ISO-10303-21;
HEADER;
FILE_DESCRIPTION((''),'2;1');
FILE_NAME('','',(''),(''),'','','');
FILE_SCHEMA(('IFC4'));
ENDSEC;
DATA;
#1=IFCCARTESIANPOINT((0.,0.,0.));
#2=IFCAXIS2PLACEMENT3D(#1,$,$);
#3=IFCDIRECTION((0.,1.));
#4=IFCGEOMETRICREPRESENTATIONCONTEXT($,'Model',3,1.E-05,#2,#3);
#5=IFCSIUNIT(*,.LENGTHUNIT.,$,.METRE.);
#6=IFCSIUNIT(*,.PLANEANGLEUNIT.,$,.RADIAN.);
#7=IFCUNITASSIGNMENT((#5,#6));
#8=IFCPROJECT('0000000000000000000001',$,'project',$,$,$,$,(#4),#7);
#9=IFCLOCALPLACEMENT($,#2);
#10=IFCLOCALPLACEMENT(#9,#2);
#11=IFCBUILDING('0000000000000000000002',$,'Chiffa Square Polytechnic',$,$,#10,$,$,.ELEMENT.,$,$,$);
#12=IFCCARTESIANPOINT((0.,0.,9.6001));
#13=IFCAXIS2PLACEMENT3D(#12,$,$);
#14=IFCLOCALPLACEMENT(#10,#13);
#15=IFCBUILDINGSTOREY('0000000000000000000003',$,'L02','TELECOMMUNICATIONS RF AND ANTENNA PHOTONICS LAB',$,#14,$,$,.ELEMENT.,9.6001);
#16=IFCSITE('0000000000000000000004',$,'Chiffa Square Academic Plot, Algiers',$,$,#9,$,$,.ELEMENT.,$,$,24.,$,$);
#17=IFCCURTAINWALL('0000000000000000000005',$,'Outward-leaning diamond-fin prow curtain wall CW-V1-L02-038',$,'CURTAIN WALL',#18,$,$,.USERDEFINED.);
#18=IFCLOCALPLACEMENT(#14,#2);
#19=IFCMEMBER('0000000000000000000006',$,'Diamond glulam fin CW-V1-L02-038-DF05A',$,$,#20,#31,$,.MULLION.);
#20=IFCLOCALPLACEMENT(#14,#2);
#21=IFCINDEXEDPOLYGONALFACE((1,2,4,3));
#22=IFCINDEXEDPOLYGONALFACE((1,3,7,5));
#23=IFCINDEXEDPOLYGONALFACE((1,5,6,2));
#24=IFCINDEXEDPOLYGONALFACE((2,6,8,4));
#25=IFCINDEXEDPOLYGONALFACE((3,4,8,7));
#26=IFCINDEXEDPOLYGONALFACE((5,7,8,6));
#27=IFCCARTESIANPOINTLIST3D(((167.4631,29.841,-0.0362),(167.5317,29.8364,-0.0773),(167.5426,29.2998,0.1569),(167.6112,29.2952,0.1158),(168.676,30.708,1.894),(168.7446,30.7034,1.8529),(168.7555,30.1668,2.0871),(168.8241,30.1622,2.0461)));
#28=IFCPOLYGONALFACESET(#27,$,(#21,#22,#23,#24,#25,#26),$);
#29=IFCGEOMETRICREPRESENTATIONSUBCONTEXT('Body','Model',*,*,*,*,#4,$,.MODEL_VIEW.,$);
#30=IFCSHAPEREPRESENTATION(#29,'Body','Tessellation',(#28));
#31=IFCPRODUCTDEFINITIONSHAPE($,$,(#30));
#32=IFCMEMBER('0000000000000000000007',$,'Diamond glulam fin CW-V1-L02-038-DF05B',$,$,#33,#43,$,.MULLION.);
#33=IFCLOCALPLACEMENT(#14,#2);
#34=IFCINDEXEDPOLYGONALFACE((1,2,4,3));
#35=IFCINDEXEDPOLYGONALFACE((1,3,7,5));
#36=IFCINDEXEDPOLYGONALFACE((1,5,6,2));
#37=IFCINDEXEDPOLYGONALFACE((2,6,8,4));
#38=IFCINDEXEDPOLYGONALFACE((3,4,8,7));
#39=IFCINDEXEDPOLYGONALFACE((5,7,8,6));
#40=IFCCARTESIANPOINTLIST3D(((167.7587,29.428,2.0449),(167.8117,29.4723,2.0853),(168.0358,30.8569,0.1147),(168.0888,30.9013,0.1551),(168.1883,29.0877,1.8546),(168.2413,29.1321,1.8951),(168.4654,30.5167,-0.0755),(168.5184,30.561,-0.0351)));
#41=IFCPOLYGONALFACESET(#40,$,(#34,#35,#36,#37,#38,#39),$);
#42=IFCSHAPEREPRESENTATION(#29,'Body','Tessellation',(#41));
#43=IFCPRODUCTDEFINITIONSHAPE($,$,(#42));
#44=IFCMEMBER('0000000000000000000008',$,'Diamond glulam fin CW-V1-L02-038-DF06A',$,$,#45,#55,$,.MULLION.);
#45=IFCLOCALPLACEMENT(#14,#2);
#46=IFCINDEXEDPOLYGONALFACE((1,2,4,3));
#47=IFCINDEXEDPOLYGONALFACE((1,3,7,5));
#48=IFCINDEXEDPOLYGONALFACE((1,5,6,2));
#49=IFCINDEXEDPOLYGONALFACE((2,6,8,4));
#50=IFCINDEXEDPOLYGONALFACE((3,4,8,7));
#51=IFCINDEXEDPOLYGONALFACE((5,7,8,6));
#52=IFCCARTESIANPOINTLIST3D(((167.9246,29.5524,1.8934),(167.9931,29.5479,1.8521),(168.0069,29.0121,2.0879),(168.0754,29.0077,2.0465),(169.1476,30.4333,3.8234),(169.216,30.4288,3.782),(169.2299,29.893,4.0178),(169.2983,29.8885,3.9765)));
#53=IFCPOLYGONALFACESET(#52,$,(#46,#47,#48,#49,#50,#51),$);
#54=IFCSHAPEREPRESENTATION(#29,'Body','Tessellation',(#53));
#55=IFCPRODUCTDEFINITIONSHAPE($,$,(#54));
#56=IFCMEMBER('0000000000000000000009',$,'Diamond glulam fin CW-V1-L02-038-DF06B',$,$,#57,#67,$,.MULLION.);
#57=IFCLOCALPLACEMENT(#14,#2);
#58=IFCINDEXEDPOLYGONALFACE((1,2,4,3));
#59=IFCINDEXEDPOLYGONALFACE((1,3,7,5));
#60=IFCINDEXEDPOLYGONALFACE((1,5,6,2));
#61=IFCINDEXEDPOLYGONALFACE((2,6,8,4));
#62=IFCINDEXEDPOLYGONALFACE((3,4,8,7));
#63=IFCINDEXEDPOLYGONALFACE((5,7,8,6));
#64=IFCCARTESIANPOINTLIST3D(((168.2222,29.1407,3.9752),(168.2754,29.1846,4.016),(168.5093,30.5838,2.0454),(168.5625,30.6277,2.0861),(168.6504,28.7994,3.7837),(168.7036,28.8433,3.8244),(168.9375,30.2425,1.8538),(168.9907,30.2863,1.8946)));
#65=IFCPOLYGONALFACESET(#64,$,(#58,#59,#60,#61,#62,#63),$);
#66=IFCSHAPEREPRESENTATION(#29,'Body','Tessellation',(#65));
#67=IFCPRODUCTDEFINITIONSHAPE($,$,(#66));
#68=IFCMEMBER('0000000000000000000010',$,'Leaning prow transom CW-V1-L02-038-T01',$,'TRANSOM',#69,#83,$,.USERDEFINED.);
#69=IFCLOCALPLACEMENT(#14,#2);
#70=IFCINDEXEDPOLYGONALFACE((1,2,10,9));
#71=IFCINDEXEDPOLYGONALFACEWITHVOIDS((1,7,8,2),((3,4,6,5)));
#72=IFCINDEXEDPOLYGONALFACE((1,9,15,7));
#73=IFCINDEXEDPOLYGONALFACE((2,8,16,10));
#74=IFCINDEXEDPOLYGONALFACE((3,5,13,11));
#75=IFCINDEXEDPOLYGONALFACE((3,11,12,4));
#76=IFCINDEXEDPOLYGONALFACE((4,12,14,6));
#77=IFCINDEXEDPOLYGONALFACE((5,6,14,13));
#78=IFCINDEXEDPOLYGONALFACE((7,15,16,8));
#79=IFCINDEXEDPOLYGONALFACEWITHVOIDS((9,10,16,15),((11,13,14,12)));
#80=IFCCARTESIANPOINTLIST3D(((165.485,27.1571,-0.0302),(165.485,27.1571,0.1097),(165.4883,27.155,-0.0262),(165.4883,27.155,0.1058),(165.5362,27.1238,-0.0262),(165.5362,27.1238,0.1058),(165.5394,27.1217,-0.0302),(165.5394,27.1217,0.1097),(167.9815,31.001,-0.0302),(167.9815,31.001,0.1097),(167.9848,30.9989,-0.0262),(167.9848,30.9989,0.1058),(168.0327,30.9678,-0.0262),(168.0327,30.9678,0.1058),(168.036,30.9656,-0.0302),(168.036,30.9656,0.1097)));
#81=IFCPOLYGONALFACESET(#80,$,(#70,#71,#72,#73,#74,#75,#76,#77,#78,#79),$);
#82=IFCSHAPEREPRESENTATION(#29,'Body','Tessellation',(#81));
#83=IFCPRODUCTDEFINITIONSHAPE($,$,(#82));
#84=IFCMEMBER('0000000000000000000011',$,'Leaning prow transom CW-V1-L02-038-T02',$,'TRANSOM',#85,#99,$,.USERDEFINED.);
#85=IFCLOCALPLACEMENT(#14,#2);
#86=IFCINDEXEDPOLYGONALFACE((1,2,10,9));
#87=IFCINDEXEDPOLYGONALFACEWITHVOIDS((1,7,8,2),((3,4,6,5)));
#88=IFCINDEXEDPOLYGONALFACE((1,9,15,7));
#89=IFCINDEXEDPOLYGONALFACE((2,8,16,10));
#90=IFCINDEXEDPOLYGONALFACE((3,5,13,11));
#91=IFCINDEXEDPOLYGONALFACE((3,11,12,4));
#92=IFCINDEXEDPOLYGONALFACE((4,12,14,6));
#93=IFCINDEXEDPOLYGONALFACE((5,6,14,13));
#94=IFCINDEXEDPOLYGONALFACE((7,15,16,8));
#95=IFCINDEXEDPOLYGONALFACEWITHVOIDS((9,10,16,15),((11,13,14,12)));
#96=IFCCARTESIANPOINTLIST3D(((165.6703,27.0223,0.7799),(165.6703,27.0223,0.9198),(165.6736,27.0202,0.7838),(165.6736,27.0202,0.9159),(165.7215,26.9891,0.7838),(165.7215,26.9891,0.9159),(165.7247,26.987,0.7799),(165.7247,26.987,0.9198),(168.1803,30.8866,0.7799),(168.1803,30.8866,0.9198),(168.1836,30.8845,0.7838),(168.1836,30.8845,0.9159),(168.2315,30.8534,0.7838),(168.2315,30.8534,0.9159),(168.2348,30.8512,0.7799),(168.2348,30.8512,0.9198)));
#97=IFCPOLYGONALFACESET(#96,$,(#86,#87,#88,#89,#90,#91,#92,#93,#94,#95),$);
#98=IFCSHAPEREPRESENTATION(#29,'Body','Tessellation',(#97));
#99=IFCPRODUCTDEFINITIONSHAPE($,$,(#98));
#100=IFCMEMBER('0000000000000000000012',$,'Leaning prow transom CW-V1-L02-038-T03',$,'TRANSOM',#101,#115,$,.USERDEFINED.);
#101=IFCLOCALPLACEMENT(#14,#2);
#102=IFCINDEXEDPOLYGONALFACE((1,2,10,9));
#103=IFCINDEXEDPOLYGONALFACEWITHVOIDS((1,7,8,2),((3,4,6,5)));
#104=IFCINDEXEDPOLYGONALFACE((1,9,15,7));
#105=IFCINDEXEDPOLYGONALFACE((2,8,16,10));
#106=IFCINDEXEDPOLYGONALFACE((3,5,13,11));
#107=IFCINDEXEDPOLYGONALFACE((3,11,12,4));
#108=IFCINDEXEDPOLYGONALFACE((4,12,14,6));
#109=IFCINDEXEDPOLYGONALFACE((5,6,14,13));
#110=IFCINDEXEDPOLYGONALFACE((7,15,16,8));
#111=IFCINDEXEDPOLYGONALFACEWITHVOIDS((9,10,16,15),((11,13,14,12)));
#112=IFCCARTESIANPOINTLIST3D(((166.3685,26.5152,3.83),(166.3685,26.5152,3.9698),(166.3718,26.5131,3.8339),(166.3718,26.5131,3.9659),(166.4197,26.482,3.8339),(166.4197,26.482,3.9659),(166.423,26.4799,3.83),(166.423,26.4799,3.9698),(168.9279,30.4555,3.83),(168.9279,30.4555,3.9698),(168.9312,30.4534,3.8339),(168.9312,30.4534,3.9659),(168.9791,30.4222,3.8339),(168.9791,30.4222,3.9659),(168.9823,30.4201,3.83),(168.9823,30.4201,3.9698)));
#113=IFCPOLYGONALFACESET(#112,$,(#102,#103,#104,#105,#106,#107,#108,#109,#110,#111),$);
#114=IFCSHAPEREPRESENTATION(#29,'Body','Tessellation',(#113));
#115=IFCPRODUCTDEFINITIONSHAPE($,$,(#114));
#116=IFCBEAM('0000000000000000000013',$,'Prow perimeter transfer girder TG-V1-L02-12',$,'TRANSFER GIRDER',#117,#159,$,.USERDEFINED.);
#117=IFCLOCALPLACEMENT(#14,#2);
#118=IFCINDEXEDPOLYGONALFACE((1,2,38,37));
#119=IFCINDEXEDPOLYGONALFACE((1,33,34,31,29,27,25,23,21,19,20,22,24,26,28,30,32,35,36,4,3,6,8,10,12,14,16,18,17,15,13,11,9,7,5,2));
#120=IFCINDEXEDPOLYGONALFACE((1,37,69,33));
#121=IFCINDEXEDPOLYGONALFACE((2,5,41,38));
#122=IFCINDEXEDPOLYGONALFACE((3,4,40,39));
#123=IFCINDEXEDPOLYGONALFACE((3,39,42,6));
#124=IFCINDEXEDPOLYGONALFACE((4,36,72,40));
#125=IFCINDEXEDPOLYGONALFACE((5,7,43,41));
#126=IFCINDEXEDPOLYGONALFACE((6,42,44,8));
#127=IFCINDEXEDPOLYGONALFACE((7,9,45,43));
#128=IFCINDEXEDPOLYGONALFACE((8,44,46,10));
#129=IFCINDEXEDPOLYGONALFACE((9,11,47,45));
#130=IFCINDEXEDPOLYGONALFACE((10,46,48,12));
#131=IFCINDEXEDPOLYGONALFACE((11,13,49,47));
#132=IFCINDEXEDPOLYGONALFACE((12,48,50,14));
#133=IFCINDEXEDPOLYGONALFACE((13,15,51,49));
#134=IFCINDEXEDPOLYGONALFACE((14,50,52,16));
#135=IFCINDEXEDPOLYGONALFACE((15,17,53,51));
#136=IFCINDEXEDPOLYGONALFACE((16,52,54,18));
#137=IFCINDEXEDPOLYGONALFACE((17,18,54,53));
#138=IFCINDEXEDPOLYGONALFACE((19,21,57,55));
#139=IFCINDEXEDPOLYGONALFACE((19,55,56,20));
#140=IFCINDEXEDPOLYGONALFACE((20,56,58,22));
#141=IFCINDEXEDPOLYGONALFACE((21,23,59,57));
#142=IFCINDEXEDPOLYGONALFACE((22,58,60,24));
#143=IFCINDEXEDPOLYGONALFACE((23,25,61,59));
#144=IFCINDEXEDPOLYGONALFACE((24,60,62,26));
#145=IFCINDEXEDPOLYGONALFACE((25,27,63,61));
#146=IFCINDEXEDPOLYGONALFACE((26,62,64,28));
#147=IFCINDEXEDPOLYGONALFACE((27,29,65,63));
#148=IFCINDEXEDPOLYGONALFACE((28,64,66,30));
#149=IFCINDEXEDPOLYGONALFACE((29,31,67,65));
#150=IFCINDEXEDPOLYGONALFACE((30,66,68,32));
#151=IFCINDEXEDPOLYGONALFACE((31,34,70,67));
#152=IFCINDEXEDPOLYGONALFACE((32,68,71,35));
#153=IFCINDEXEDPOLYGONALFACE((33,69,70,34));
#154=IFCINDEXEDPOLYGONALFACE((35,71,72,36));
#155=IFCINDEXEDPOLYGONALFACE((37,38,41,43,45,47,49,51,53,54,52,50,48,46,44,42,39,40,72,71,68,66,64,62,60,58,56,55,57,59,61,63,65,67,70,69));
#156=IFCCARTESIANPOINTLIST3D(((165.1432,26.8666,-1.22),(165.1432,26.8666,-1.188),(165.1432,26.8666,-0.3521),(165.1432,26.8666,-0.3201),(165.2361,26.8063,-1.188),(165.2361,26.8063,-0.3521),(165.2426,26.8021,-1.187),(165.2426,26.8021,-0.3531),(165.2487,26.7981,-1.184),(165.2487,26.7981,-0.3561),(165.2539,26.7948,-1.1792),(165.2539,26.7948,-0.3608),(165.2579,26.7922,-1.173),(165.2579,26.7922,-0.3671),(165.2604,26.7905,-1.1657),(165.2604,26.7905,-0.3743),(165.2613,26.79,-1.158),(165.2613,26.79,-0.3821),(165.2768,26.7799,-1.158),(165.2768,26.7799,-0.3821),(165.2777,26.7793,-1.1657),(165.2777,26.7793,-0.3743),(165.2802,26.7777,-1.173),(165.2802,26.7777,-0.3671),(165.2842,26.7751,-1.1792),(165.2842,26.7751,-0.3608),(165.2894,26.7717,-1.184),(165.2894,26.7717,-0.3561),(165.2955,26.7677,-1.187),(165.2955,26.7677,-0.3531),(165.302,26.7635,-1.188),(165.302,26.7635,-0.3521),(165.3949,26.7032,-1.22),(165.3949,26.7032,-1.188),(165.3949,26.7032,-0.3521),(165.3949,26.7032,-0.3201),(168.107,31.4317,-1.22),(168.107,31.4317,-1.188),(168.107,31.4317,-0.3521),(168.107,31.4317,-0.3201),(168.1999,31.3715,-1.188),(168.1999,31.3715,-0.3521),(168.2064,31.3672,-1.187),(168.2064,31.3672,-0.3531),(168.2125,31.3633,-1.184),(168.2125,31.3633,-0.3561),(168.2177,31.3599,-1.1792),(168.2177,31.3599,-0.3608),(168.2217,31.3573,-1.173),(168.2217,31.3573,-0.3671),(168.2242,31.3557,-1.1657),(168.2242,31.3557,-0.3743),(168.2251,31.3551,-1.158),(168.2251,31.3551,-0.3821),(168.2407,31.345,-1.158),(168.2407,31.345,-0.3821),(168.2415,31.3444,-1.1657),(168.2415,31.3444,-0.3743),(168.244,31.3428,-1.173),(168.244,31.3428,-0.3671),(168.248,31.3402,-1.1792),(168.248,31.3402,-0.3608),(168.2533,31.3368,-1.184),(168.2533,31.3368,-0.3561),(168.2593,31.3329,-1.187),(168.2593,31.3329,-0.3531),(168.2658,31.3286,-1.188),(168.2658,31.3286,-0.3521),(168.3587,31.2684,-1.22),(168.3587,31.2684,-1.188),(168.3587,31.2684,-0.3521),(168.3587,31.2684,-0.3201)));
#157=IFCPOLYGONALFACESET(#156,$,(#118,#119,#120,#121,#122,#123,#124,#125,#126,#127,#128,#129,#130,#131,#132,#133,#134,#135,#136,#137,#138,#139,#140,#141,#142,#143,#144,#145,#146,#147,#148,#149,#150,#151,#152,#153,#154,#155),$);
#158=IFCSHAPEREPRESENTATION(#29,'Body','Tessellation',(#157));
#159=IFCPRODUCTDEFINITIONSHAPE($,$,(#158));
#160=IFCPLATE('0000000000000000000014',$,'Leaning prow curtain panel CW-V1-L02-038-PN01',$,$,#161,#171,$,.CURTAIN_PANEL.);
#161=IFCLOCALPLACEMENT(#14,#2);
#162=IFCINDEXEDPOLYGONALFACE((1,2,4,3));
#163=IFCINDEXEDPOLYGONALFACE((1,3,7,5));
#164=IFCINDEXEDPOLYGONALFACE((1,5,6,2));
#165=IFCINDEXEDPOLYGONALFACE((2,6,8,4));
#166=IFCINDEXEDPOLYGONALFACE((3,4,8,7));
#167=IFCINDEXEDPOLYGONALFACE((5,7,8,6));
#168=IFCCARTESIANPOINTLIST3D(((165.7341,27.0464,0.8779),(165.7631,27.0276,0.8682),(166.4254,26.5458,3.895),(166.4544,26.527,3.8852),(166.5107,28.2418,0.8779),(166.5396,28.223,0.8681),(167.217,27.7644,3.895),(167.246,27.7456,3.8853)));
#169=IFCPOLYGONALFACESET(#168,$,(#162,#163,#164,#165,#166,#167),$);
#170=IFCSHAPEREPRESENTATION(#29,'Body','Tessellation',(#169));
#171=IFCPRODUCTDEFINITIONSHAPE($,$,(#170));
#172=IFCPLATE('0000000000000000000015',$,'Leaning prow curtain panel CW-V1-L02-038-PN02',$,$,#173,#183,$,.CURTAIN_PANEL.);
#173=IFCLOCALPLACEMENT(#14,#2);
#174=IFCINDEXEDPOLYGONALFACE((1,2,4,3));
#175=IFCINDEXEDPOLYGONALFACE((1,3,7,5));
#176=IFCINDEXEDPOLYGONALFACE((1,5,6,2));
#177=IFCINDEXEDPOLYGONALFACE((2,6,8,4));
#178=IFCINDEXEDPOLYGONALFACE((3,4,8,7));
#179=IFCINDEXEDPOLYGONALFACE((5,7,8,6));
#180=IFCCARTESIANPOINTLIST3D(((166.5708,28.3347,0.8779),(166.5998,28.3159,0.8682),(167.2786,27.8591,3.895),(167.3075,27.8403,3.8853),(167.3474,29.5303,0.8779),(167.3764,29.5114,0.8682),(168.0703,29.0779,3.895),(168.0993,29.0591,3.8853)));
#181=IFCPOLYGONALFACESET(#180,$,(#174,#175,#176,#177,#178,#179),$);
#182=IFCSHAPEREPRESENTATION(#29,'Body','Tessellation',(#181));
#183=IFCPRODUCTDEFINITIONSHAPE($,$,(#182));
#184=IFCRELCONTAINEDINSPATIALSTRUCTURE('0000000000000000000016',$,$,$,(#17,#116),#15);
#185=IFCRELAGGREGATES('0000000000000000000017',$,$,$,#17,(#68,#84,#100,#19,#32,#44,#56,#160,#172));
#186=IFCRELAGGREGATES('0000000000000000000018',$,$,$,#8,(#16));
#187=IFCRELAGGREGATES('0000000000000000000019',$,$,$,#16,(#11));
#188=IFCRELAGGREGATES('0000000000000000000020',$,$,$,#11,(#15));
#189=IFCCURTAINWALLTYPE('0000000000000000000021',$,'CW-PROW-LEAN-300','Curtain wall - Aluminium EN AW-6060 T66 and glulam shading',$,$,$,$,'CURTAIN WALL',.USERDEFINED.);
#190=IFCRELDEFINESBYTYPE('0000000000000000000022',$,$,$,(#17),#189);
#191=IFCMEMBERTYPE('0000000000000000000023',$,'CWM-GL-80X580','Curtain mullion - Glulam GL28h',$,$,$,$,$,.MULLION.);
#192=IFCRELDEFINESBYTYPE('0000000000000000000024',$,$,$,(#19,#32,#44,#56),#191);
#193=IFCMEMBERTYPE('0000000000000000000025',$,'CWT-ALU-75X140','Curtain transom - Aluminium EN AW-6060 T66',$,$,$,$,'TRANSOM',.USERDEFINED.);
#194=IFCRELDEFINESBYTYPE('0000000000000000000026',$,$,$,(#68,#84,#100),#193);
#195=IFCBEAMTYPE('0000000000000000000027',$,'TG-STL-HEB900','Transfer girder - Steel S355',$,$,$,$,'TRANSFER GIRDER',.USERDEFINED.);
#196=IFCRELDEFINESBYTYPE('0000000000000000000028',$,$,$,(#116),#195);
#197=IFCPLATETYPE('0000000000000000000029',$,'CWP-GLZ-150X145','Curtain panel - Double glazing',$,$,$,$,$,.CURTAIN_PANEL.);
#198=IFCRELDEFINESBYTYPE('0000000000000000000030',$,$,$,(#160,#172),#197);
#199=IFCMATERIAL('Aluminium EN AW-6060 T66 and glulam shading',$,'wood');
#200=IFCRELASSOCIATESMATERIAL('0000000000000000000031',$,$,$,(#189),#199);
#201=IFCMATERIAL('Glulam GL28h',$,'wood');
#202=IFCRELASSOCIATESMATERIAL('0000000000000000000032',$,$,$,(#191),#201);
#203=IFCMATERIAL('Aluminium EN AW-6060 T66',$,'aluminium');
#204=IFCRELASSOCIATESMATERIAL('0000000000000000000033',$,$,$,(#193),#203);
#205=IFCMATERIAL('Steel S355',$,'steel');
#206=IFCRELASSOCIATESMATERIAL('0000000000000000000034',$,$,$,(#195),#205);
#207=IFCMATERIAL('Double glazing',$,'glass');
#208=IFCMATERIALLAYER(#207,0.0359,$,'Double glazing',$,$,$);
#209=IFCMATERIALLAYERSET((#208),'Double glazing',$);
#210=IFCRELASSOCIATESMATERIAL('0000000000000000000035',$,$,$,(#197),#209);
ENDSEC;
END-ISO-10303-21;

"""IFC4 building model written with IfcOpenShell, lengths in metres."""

from ifc_helpers import new_model, si_unit, direction, frame, origin, origin_2d, place, context, subcontext, project, spatial, polyline, rectangle, hollow_rectangle, i_section, outline, extrude, material, layer, layer_set, material_profile, profile_set, type_object, element, aggregate, save


model = new_model("IFC4")

# Units and contexts
model_context = context("Model", 3, precision=1e-05, world=origin(), true_north=direction((0.0, 1.0)))
body_context = subcontext(model_context, "Body", "Model", "MODEL_VIEW")
ifc_project = project(units=[si_unit("LENGTHUNIT", "METRE"), si_unit("PLANEANGLEUNIT", "RADIAN")], contexts=[model_context])

# Site, building, storey
site_placement = place(None, origin())
site = spatial("IfcSite", under=ifc_project, at=site_placement, Name="Chiffa Square Academic Plot, Algiers", CompositionType="ELEMENT", RefElevation=24.0)
building_placement = place(site_placement, origin())
building = spatial("IfcBuilding", under=site, at=building_placement, Name="Chiffa Square Polytechnic", CompositionType="ELEMENT")
storey_placement = place(building_placement, frame((0.0, 0.0, 9.6001)))
storey = spatial("IfcBuildingStorey", under=building, at=storey_placement, Name="L02", Description="TELECOMMUNICATIONS RF AND ANTENNA PHOTONICS LAB", CompositionType="ELEMENT", Elevation=9.6001)

# Shared definitions
ifc_material_1 = material(Name="Aluminium EN AW-6060 T66 and glulam shading", Category="wood")
ifc_material_2 = material(Name="Aluminium EN AW-6060 T66", Category="aluminium")

# Curtain wall, members
curtain_wall_type_1 = type_object("IfcCurtainWallType", Name="CW-PROW-LEAN-300", Description="Curtain wall - Aluminium EN AW-6060 T66 and glulam shading", ElementType="CURTAIN WALL", PredefinedType="USERDEFINED", material=ifc_material_1)
curtain_wall_1_placement = place(storey_placement, origin())
curtain_wall_1 = element("IfcCurtainWall", 1, at=curtain_wall_1_placement, inside=storey, type_object=curtain_wall_type_1, Name="Outward-leaning diamond-fin prow curtain wall CW-V1-L02-038", ObjectType="CURTAIN WALL", PredefinedType="USERDEFINED")
ifc_material_3 = material(Name="Glulam GL28h", Category="wood")
ifc_material_profile_1 = material_profile(ifc_material_3, rectangle(XDim=0.0801, YDim=0.5801, at=origin_2d()), Name="GL28h 80x580")
ifc_profile_set_1 = profile_set([ifc_material_profile_1], Name="Glulam GL28h")
member_type_1 = type_object("IfcMemberType", Name="CWM-GL-80X580", Description="Curtain mullion - Glulam GL28h", PredefinedType="MULLION", material=ifc_profile_set_1)
member_1_placement = place(storey_placement, frame((167.5371, 29.5681, 0.0398), z_axis=(0.497309, 0.355464, 0.79141), x_axis=(-0.856685, 0.057127, 0.512668)))
member_1 = element("IfcMember", 2, at=member_1_placement, type_object=member_type_1, Name="Diamond glulam fin CW-V1-L02-038-DF05A", PredefinedType="MULLION", context=body_context, shape_type="SweptSolid", body=[
    extrude(rectangle(XDim=0.0801, YDim=0.5801, at=origin_2d()), origin(), (0.0, 0.0, 1.0), 2.439),
])
member_2_placement = place(storey_placement, frame((168.2771, 30.709, 0.0398), z_axis=(-0.114623, -0.591089, 0.79842), x_axis=(0.662154, 0.553682, 0.504964)))
member_2 = element("IfcMember", 3, at=member_2_placement, type_object=member_type_1, Name="Diamond glulam fin CW-V1-L02-038-DF05B", PredefinedType="MULLION", context=body_context, shape_type="SweptSolid", body=[
    extrude(rectangle(XDim=0.0801, YDim=0.5801, at=origin_2d()), origin(), (0.0, 0.0, 1.0), 2.4175),
])
member_3_placement = place(storey_placement, frame((168.0, 29.28, 1.97), z_axis=(0.499412, 0.359728, 0.788152), x_axis=(-0.85467, 0.055597, 0.516186)))
member_3 = element("IfcMember", 4, at=member_3_placement, type_object=member_type_1, Name="Diamond glulam fin CW-V1-L02-038-DF06A", PredefinedType="MULLION", context=body_context, shape_type="SweptSolid", body=[
    extrude(rectangle(XDim=0.0801, YDim=0.5801, at=origin_2d()), origin(), (0.0, 0.0, 1.0), 2.4487),
])
member_4_placement = place(storey_placement, frame((168.75, 30.4351, 1.97), z_axis=(-0.118305, -0.594643, 0.795238), x_axis=(0.664308, 0.547849, 0.508484)))
member_4 = element("IfcMember", 5, at=member_4_placement, type_object=member_type_1, Name="Diamond glulam fin CW-V1-L02-038-DF06B", PredefinedType="MULLION", context=body_context, shape_type="SweptSolid", body=[
    extrude(rectangle(XDim=0.0801, YDim=0.5801, at=origin_2d()), origin(), (0.0, 0.0, 1.0), 2.4268),
])
ifc_material_profile_2 = material_profile(ifc_material_2, hollow_rectangle(XDim=0.0649, YDim=0.1399, WallThickness=0.0039, at=origin_2d()), Name="ALU 65x140x4")
ifc_profile_set_2 = profile_set([ifc_material_profile_2], Name="Aluminium EN AW-6060 T66")
member_type_2 = type_object("IfcMemberType", Name="CWT-ALU-75X140", Description="Curtain transom - Aluminium EN AW-6060 T66", ElementType="TRANSOM", PredefinedType="USERDEFINED", material=ifc_profile_set_2)
member_5_placement = place(storey_placement, frame((165.5122, 27.1394, 0.0398), z_axis=(0.544679, 0.838644, 0.0), x_axis=(-0.838644, 0.544679, 0.0)))
member_5 = element("IfcMember", 6, at=member_5_placement, type_object=member_type_2, Name="Leaning prow transom CW-V1-L02-038-T01", ObjectType="TRANSOM", PredefinedType="USERDEFINED", context=body_context, shape_type="SweptSolid", body=[
    extrude(hollow_rectangle(XDim=0.0649, YDim=0.1399, WallThickness=0.0039, at=origin_2d()), origin(), (0.0, 0.0, 1.0), 4.5835),
])
member_6_placement = place(storey_placement, frame((165.6975, 27.0046, 0.8499), z_axis=(0.54472, 0.838618, 0.0), x_axis=(-0.838618, 0.54472, 0.0)))
member_6 = element("IfcMember", 7, at=member_6_placement, type_object=member_type_2, Name="Leaning prow transom CW-V1-L02-038-T02", ObjectType="TRANSOM", PredefinedType="USERDEFINED", context=body_context, shape_type="SweptSolid", body=[
    extrude(hollow_rectangle(XDim=0.0649, YDim=0.1399, WallThickness=0.0039, at=origin_2d()), origin(), (0.0, 0.0, 1.0), 4.6079),
])
member_7_placement = place(storey_placement, frame((166.3958, 26.4976, 3.8999), z_axis=(0.54472, 0.838618, 0.0), x_axis=(-0.838618, 0.54472, 0.0)))
member_7 = element("IfcMember", 8, at=member_7_placement, type_object=member_type_2, Name="Leaning prow transom CW-V1-L02-038-T03", ObjectType="TRANSOM", PredefinedType="USERDEFINED", context=body_context, shape_type="SweptSolid", body=[
    extrude(hollow_rectangle(XDim=0.0649, YDim=0.1399, WallThickness=0.0039, at=origin_2d()), origin(), (0.0, 0.0, 1.0), 4.6985),
])

# Beam
ifc_material_4 = material(Name="Steel S355", Category="steel")
ifc_material_profile_3 = material_profile(ifc_material_4, i_section(OverallWidth=0.3, OverallDepth=0.8999, WebThickness=0.0186, FlangeThickness=0.032, FilletRadius=0.03, at=origin_2d()), Name="HEB 900")
ifc_profile_set_3 = profile_set([ifc_material_profile_3], Name="Steel S355")
beam_type = type_object("IfcBeamType", Name="TG-STL-HEB900", Description="Transfer girder - Steel S355", ElementType="TRANSFER GIRDER", PredefinedType="USERDEFINED", material=ifc_profile_set_3)
beam_placement = place(storey_placement, frame((165.269, 26.7849, -0.77), z_axis=(0.544536, 0.838738, 0.0), x_axis=(-0.838738, 0.544536, 0.0)))
element("IfcBeam", 9, at=beam_placement, inside=storey, type_object=beam_type, Name="Prow perimeter transfer girder TG-V1-L02-12", ObjectType="TRANSFER GIRDER", PredefinedType="USERDEFINED", context=body_context, shape_type="SweptSolid", body=[
    extrude(i_section(OverallWidth=0.3, OverallDepth=0.8999, WebThickness=0.0186, FlangeThickness=0.032, FilletRadius=0.03, at=origin_2d()), origin(), (0.0, 0.0, 1.0), 5.4429),
])

# Plates
ifc_material_5 = material(Name="Double glazing", Category="glass")
ifc_layer_1 = layer(ifc_material_5, 0.0359, Name="Double glazing")
ifc_layer_set_1 = layer_set([ifc_layer_1], Name="Double glazing")
plate_type_1 = type_object("IfcPlateType", Name="CWP-GLZ-150X145", Description="Curtain panel - Double glazing", PredefinedType="CURTAIN_PANEL", material=ifc_layer_set_1)
plate_1_placement = place(storey_placement, frame((165.7341, 27.0464, 0.8779), z_axis=(-0.807013, 0.524216, 0.271895), x_axis=(0.544729, 0.838612, -0.000036)))
plate_1 = element("IfcPlate", 10, at=plate_1_placement, type_object=plate_type_1, Name="Leaning prow curtain panel CW-V1-L02-038-PN01", PredefinedType="CURTAIN_PANEL", context=body_context, shape_type="SweptSolid", body=[
    extrude(outline(polyline([(0.0, 0.0), (1.4255, 0.0), (1.4098, -3.1353), (-0.0433, -3.1351), (0.0, 0.0)])), origin(), (0.0, 0.0, -1.0), 0.0359),
])
plate_2_placement = place(storey_placement, frame((166.5708, 28.3347, 0.8779), z_axis=(-0.806987, 0.524228, 0.271951), x_axis=(0.544758, 0.838594, -0.000005)))
plate_2 = element("IfcPlate", 11, at=plate_2_placement, type_object=plate_type_1, Name="Leaning prow curtain panel CW-V1-L02-038-PN02", PredefinedType="CURTAIN_PANEL", context=body_context, shape_type="SweptSolid", body=[
    extrude(outline(polyline([(0.0, 0.0), (1.4257, 0.0), (1.4401, -3.1353), (-0.0133, -3.1352), (0.0, 0.0)])), origin(), (0.0, 0.0, -1.0), 0.0359),
])
aggregate(curtain_wall_1, [member_5, member_6, member_7, member_1, member_2, member_3, member_4, plate_1, plate_2])

save(model, "model.ifc")
